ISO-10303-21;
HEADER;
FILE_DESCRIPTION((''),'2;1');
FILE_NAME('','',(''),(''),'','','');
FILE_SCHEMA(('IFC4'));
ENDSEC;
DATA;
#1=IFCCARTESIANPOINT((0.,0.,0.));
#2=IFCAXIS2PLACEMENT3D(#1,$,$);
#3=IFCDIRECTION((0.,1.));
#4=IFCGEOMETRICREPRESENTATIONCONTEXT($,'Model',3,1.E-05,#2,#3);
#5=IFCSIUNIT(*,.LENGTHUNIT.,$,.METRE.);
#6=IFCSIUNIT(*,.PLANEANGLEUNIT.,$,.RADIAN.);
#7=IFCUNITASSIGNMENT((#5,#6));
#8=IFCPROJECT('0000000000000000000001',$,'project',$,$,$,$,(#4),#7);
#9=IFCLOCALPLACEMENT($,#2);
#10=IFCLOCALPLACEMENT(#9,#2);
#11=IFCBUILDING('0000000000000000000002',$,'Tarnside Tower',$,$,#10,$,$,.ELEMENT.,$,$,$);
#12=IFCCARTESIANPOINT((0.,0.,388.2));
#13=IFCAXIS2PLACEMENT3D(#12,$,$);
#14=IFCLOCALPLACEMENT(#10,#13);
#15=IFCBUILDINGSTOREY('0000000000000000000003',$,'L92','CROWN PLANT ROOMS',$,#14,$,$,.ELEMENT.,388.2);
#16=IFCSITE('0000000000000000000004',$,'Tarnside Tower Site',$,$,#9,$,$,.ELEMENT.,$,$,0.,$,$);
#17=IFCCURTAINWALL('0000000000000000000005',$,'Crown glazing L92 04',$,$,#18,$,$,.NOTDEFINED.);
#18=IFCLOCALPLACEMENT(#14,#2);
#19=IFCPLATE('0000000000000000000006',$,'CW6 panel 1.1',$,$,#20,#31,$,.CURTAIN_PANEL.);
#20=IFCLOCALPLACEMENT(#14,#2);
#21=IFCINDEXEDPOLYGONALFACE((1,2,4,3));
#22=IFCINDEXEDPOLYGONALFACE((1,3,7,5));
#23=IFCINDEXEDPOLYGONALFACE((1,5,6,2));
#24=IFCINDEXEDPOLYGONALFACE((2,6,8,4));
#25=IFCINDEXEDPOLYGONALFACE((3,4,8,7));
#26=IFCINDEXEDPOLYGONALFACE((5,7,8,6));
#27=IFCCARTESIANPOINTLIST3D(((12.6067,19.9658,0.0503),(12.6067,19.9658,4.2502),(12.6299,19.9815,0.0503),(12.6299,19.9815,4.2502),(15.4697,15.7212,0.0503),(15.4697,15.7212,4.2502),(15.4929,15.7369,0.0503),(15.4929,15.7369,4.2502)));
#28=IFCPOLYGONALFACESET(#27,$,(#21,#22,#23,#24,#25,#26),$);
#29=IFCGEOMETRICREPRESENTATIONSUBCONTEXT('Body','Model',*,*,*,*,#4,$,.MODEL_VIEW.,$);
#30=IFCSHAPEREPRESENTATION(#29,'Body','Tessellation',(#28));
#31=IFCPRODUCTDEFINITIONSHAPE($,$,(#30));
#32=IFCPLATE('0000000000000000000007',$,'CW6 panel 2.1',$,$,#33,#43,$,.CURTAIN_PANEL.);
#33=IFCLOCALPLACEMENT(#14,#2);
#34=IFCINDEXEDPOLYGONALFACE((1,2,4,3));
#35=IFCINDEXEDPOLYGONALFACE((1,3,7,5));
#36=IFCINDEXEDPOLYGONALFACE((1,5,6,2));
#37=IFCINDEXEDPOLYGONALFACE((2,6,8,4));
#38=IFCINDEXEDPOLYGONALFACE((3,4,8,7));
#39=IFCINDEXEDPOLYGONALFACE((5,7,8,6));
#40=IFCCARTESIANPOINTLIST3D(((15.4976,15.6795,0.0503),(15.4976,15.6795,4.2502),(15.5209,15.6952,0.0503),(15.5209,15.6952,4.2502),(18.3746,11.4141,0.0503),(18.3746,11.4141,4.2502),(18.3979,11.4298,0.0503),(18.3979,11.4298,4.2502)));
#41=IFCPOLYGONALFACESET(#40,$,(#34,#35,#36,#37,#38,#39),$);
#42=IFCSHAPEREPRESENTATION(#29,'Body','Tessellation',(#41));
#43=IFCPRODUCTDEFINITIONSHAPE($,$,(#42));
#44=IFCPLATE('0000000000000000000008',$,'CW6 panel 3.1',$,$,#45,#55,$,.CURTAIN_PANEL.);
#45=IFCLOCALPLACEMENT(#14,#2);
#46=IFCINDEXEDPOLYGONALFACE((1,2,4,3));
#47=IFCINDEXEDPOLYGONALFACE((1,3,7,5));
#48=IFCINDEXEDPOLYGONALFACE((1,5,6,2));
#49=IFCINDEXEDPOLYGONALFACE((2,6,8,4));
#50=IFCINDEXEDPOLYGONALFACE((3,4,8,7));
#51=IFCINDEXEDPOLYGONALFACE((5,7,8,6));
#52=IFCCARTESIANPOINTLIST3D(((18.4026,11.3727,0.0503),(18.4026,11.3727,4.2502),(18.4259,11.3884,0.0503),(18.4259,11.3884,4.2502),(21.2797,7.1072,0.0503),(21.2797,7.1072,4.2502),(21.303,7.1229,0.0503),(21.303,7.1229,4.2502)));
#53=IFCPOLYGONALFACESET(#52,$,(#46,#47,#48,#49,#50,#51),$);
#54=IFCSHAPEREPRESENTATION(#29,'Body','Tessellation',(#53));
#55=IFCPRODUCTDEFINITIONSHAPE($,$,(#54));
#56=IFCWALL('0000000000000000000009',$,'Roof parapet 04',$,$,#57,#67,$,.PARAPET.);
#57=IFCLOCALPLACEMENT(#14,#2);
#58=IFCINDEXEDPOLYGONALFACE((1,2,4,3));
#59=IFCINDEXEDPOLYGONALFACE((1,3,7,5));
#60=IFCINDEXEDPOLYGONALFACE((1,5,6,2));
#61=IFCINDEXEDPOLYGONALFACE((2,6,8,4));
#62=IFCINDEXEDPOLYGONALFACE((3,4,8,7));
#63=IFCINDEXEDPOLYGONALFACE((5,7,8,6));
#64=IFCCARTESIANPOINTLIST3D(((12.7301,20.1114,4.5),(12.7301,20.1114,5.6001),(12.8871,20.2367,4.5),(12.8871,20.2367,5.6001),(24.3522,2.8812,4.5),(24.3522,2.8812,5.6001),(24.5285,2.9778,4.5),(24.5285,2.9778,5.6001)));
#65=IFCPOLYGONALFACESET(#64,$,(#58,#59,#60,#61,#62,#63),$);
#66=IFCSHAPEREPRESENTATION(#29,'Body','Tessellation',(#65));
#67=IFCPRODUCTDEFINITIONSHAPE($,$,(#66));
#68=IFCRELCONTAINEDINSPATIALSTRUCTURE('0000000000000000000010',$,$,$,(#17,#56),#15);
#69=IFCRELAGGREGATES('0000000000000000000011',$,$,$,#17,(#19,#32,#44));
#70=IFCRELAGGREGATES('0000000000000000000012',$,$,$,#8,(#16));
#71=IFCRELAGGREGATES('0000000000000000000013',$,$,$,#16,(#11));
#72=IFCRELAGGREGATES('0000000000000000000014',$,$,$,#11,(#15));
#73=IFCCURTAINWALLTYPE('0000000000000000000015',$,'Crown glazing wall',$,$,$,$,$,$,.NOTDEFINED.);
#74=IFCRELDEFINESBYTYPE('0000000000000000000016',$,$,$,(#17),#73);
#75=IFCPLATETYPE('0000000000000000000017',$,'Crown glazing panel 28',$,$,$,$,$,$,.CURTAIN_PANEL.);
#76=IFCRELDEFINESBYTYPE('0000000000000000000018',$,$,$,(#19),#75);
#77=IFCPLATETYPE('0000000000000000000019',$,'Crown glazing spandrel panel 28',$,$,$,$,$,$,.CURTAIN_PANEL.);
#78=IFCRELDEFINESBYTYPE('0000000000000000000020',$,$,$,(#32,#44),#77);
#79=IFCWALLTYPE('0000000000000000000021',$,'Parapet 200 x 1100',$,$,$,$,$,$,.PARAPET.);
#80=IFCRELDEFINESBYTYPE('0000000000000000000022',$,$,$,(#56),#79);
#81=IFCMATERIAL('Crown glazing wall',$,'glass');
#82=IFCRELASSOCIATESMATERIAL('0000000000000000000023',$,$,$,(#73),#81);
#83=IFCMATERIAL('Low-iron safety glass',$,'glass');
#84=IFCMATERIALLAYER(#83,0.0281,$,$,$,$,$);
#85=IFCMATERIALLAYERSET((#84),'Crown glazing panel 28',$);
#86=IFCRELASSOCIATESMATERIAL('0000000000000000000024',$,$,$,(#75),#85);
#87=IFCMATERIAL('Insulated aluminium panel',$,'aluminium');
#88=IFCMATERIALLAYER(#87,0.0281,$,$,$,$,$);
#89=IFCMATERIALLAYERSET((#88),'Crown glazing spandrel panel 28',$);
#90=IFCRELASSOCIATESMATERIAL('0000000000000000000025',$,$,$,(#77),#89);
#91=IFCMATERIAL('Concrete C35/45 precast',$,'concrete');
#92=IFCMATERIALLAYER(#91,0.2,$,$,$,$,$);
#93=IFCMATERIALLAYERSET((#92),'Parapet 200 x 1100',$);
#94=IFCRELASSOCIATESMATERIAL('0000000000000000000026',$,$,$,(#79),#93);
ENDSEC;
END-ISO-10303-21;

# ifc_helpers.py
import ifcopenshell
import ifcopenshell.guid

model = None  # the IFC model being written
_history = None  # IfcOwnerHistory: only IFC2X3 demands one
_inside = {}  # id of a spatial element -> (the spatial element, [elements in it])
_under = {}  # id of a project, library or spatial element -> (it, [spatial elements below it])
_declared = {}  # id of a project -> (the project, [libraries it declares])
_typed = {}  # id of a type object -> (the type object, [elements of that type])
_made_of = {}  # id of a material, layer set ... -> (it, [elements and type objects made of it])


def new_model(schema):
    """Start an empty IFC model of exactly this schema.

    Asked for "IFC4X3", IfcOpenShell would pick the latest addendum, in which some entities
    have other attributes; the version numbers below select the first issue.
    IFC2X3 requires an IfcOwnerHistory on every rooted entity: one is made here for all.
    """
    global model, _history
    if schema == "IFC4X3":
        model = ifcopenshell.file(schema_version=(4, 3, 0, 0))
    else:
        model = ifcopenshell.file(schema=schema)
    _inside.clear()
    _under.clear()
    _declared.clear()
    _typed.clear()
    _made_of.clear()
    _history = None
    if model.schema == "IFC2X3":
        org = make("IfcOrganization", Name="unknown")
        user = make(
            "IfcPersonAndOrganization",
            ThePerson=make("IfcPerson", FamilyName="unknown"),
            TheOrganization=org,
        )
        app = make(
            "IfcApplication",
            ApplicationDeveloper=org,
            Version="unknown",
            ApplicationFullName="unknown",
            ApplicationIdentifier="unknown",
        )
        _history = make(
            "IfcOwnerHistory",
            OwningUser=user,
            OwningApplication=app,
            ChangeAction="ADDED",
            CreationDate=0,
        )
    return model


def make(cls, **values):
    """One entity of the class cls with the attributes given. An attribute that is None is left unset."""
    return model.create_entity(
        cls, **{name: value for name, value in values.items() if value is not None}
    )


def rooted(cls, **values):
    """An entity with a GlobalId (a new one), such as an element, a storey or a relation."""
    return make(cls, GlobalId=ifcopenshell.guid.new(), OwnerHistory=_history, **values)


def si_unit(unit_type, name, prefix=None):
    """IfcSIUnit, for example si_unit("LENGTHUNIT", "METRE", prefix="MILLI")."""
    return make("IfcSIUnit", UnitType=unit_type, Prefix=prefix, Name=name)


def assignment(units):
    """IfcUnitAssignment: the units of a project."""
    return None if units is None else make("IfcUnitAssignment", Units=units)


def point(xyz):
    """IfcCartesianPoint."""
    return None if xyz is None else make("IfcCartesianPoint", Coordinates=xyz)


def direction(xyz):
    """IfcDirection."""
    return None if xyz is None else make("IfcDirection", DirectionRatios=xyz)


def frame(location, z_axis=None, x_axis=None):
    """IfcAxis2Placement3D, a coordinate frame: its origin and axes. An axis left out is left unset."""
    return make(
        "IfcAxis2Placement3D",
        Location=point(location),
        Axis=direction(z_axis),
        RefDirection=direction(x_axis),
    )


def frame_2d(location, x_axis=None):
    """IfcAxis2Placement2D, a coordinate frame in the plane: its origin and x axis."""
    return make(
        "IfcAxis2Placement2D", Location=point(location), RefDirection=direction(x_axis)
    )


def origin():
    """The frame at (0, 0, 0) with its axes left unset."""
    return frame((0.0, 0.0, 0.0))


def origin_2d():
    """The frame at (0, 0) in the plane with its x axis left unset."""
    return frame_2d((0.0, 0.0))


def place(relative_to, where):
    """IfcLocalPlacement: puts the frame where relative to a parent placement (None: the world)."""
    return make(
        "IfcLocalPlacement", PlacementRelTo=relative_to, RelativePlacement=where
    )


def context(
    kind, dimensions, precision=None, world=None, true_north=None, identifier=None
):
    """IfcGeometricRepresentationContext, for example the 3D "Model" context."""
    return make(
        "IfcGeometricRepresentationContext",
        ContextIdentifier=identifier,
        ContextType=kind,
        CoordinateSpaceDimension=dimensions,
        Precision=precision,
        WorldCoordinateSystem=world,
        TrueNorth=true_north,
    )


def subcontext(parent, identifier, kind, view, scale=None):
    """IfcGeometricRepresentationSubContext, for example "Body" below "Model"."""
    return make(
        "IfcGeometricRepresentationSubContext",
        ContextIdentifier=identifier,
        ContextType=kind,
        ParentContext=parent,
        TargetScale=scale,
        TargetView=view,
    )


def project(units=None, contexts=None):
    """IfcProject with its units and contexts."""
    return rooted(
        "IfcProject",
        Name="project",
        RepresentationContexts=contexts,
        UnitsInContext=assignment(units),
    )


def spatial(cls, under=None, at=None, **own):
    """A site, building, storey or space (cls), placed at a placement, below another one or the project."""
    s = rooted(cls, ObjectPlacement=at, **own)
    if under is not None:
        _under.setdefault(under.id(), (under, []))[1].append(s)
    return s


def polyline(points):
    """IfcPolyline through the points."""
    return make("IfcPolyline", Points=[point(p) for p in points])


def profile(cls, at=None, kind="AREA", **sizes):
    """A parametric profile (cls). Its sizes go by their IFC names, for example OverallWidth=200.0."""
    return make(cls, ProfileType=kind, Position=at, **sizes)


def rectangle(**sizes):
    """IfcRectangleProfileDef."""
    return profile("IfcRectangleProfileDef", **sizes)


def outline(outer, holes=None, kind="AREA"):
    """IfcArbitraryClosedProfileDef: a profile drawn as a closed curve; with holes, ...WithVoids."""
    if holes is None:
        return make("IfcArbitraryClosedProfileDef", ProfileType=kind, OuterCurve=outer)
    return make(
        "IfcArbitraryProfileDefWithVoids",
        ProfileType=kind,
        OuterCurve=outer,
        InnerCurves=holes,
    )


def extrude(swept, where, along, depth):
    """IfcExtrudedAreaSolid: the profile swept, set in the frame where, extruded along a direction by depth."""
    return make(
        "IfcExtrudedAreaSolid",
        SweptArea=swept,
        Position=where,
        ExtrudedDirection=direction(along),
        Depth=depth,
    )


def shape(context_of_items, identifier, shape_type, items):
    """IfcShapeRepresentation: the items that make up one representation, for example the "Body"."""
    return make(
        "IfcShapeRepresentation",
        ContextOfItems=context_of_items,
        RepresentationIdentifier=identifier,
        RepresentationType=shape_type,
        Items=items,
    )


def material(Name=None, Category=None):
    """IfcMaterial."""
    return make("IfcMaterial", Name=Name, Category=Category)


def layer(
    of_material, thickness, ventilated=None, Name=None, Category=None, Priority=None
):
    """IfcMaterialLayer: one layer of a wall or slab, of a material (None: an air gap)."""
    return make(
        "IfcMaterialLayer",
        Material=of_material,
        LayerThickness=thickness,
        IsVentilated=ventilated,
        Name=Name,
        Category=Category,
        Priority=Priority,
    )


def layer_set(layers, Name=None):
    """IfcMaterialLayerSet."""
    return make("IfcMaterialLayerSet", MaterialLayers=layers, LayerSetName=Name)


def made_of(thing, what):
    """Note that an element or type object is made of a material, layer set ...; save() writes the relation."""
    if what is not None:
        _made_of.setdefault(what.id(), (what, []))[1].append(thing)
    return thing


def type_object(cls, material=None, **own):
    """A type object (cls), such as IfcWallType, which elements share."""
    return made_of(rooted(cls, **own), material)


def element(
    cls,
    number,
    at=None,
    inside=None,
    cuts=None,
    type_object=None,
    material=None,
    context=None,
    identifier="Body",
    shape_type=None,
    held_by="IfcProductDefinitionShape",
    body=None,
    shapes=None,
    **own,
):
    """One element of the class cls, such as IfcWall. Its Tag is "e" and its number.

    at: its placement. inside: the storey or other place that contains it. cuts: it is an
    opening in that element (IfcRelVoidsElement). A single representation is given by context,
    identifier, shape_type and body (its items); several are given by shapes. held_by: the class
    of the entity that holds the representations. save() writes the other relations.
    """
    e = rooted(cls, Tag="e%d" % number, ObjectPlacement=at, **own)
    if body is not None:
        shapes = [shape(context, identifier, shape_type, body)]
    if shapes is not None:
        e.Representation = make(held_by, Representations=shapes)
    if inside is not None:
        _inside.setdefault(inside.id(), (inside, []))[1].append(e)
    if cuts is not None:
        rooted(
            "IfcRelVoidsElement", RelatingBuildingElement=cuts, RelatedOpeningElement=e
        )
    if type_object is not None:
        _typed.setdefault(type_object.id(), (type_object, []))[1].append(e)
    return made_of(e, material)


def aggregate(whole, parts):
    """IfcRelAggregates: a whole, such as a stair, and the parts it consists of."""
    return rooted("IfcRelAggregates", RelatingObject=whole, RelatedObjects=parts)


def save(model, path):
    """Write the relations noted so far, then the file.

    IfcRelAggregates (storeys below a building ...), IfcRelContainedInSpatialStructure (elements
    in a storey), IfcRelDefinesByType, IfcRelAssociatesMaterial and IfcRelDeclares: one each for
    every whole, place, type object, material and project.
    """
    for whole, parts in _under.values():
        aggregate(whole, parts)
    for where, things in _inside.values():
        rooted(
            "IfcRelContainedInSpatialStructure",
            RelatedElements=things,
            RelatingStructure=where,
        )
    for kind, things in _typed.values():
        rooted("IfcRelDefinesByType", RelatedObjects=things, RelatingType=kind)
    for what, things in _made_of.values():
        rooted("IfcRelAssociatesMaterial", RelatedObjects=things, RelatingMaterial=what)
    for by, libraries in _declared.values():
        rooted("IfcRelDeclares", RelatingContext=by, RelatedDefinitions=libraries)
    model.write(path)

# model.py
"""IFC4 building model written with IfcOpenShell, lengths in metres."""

from ifc_helpers import new_model, si_unit, direction, frame, origin, origin_2d, place, context, subcontext, project, spatial, polyline, rectangle, outline, extrude, material, layer, layer_set, type_object, element, aggregate, save


model = new_model("IFC4")

# Units and contexts
model_context = context("Model", 3, precision=1e-05, world=origin(), true_north=direction((0.0, 1.0)))
body_context = subcontext(model_context, "Body", "Model", "MODEL_VIEW")
ifc_project = project(units=[si_unit("LENGTHUNIT", "METRE"), si_unit("PLANEANGLEUNIT", "RADIAN")], contexts=[model_context])

# Site, building, storey
site_placement = place(None, origin())
site = spatial("IfcSite", under=ifc_project, at=site_placement, Name="Tarnside Tower Site", CompositionType="ELEMENT", RefElevation=0.0)
building_placement = place(site_placement, origin())
building = spatial("IfcBuilding", under=site, at=building_placement, Name="Tarnside Tower", CompositionType="ELEMENT")
storey_placement = place(building_placement, frame((0.0, 0.0, 388.2)))
storey = spatial("IfcBuildingStorey", under=building, at=storey_placement, Name="L92", Description="CROWN PLANT ROOMS", CompositionType="ELEMENT", Elevation=388.2)

# Curtain wall
ifc_material_1 = material(Name="Crown glazing wall", Category="glass")
curtain_wall_type = type_object("IfcCurtainWallType", Name="Crown glazing wall", PredefinedType="NOTDEFINED", material=ifc_material_1)
curtain_wall_placement = place(storey_placement, origin())
curtain_wall = element("IfcCurtainWall", 1, at=curtain_wall_placement, inside=storey, type_object=curtain_wall_type, Name="Crown glazing L92 04", PredefinedType="NOTDEFINED")

# Plates
ifc_material_2 = material(Name="Low-iron safety glass", Category="glass")
ifc_layer_1 = layer(ifc_material_2, 0.0281)
ifc_layer_set_1 = layer_set([ifc_layer_1], Name="Crown glazing panel 28")
plate_type_1 = type_object("IfcPlateType", Name="Crown glazing panel 28", PredefinedType="CURTAIN_PANEL", material=ifc_layer_set_1)
plate_1_placement = place(storey_placement, frame((14.0498, 17.8513, 0.0503), z_axis=(0.0, 0.0, 1.0), x_axis=(0.559193, -0.829038, 0.0)))
plate_1 = element("IfcPlate", 2, at=plate_1_placement, type_object=plate_type_1, Name="CW6 panel 1.1", PredefinedType="CURTAIN_PANEL", context=body_context, shape_type="SweptSolid", body=[
    extrude(rectangle(XDim=5.1199, YDim=0.0281, at=origin_2d()), origin(), (0.0, 0.0, 1.0), 4.2),
])
ifc_material_3 = material(Name="Insulated aluminium panel", Category="aluminium")
ifc_layer_2 = layer(ifc_material_3, 0.0281)
ifc_layer_set_2 = layer_set([ifc_layer_2], Name="Crown glazing spandrel panel 28")
plate_type_2 = type_object("IfcPlateType", Name="Crown glazing spandrel panel 28", PredefinedType="CURTAIN_PANEL", material=ifc_layer_set_2)
plate_2_placement = place(storey_placement, frame((16.9478, 13.5547, 0.0503), z_axis=(0.0, 0.0, 1.0), x_axis=(0.559193, -0.829038, 0.0)))
plate_2 = element("IfcPlate", 3, at=plate_2_placement, type_object=plate_type_2, Name="CW6 panel 2.1", PredefinedType="CURTAIN_PANEL", context=body_context, shape_type="SweptSolid", body=[
    extrude(rectangle(XDim=5.145, YDim=0.0281, at=origin_2d()), origin(), (0.0, 0.0, 1.0), 4.2),
])
plate_3_placement = place(storey_placement, frame((19.8528, 9.2478, 0.0503), z_axis=(0.0, 0.0, 1.0), x_axis=(0.559193, -0.829038, 0.0)))
plate_3 = element("IfcPlate", 4, at=plate_3_placement, type_object=plate_type_2, Name="CW6 panel 3.1", PredefinedType="CURTAIN_PANEL", context=body_context, shape_type="SweptSolid", body=[
    extrude(rectangle(XDim=5.145, YDim=0.0281, at=origin_2d()), origin(), (0.0, 0.0, 1.0), 4.2),
])
aggregate(curtain_wall, [plate_1, plate_2, plate_3])

# Wall
ifc_material_4 = material(Name="Concrete C35/45 precast", Category="concrete")
ifc_layer_3 = layer(ifc_material_4, 0.2)
ifc_layer_set_3 = layer_set([ifc_layer_3], Name="Parapet 200 x 1100")
wall_type = type_object("IfcWallType", Name="Parapet 200 x 1100", PredefinedType="PARAPET", material=ifc_layer_set_3)
wall_placement = place(storey_placement, frame((12.8086, 20.1741, 4.5), z_axis=(0.0, 0.0, 1.0), x_axis=(0.559199, -0.829033, 0.0)))
element("IfcWall", 5, at=wall_placement, inside=storey, type_object=wall_type, Name="Roof parapet 04", PredefinedType="PARAPET", context=body_context, shape_type="SweptSolid", body=[
    extrude(outline(polyline([(0.0081, -0.1001), (20.7915, -0.1001), (20.8101, 0.1001), (-0.0081, 0.1001), (0.0081, -0.1001)])), origin(), (0.0, 0.0, 1.0), 1.1001),
])

save(model, "model.ifc")
